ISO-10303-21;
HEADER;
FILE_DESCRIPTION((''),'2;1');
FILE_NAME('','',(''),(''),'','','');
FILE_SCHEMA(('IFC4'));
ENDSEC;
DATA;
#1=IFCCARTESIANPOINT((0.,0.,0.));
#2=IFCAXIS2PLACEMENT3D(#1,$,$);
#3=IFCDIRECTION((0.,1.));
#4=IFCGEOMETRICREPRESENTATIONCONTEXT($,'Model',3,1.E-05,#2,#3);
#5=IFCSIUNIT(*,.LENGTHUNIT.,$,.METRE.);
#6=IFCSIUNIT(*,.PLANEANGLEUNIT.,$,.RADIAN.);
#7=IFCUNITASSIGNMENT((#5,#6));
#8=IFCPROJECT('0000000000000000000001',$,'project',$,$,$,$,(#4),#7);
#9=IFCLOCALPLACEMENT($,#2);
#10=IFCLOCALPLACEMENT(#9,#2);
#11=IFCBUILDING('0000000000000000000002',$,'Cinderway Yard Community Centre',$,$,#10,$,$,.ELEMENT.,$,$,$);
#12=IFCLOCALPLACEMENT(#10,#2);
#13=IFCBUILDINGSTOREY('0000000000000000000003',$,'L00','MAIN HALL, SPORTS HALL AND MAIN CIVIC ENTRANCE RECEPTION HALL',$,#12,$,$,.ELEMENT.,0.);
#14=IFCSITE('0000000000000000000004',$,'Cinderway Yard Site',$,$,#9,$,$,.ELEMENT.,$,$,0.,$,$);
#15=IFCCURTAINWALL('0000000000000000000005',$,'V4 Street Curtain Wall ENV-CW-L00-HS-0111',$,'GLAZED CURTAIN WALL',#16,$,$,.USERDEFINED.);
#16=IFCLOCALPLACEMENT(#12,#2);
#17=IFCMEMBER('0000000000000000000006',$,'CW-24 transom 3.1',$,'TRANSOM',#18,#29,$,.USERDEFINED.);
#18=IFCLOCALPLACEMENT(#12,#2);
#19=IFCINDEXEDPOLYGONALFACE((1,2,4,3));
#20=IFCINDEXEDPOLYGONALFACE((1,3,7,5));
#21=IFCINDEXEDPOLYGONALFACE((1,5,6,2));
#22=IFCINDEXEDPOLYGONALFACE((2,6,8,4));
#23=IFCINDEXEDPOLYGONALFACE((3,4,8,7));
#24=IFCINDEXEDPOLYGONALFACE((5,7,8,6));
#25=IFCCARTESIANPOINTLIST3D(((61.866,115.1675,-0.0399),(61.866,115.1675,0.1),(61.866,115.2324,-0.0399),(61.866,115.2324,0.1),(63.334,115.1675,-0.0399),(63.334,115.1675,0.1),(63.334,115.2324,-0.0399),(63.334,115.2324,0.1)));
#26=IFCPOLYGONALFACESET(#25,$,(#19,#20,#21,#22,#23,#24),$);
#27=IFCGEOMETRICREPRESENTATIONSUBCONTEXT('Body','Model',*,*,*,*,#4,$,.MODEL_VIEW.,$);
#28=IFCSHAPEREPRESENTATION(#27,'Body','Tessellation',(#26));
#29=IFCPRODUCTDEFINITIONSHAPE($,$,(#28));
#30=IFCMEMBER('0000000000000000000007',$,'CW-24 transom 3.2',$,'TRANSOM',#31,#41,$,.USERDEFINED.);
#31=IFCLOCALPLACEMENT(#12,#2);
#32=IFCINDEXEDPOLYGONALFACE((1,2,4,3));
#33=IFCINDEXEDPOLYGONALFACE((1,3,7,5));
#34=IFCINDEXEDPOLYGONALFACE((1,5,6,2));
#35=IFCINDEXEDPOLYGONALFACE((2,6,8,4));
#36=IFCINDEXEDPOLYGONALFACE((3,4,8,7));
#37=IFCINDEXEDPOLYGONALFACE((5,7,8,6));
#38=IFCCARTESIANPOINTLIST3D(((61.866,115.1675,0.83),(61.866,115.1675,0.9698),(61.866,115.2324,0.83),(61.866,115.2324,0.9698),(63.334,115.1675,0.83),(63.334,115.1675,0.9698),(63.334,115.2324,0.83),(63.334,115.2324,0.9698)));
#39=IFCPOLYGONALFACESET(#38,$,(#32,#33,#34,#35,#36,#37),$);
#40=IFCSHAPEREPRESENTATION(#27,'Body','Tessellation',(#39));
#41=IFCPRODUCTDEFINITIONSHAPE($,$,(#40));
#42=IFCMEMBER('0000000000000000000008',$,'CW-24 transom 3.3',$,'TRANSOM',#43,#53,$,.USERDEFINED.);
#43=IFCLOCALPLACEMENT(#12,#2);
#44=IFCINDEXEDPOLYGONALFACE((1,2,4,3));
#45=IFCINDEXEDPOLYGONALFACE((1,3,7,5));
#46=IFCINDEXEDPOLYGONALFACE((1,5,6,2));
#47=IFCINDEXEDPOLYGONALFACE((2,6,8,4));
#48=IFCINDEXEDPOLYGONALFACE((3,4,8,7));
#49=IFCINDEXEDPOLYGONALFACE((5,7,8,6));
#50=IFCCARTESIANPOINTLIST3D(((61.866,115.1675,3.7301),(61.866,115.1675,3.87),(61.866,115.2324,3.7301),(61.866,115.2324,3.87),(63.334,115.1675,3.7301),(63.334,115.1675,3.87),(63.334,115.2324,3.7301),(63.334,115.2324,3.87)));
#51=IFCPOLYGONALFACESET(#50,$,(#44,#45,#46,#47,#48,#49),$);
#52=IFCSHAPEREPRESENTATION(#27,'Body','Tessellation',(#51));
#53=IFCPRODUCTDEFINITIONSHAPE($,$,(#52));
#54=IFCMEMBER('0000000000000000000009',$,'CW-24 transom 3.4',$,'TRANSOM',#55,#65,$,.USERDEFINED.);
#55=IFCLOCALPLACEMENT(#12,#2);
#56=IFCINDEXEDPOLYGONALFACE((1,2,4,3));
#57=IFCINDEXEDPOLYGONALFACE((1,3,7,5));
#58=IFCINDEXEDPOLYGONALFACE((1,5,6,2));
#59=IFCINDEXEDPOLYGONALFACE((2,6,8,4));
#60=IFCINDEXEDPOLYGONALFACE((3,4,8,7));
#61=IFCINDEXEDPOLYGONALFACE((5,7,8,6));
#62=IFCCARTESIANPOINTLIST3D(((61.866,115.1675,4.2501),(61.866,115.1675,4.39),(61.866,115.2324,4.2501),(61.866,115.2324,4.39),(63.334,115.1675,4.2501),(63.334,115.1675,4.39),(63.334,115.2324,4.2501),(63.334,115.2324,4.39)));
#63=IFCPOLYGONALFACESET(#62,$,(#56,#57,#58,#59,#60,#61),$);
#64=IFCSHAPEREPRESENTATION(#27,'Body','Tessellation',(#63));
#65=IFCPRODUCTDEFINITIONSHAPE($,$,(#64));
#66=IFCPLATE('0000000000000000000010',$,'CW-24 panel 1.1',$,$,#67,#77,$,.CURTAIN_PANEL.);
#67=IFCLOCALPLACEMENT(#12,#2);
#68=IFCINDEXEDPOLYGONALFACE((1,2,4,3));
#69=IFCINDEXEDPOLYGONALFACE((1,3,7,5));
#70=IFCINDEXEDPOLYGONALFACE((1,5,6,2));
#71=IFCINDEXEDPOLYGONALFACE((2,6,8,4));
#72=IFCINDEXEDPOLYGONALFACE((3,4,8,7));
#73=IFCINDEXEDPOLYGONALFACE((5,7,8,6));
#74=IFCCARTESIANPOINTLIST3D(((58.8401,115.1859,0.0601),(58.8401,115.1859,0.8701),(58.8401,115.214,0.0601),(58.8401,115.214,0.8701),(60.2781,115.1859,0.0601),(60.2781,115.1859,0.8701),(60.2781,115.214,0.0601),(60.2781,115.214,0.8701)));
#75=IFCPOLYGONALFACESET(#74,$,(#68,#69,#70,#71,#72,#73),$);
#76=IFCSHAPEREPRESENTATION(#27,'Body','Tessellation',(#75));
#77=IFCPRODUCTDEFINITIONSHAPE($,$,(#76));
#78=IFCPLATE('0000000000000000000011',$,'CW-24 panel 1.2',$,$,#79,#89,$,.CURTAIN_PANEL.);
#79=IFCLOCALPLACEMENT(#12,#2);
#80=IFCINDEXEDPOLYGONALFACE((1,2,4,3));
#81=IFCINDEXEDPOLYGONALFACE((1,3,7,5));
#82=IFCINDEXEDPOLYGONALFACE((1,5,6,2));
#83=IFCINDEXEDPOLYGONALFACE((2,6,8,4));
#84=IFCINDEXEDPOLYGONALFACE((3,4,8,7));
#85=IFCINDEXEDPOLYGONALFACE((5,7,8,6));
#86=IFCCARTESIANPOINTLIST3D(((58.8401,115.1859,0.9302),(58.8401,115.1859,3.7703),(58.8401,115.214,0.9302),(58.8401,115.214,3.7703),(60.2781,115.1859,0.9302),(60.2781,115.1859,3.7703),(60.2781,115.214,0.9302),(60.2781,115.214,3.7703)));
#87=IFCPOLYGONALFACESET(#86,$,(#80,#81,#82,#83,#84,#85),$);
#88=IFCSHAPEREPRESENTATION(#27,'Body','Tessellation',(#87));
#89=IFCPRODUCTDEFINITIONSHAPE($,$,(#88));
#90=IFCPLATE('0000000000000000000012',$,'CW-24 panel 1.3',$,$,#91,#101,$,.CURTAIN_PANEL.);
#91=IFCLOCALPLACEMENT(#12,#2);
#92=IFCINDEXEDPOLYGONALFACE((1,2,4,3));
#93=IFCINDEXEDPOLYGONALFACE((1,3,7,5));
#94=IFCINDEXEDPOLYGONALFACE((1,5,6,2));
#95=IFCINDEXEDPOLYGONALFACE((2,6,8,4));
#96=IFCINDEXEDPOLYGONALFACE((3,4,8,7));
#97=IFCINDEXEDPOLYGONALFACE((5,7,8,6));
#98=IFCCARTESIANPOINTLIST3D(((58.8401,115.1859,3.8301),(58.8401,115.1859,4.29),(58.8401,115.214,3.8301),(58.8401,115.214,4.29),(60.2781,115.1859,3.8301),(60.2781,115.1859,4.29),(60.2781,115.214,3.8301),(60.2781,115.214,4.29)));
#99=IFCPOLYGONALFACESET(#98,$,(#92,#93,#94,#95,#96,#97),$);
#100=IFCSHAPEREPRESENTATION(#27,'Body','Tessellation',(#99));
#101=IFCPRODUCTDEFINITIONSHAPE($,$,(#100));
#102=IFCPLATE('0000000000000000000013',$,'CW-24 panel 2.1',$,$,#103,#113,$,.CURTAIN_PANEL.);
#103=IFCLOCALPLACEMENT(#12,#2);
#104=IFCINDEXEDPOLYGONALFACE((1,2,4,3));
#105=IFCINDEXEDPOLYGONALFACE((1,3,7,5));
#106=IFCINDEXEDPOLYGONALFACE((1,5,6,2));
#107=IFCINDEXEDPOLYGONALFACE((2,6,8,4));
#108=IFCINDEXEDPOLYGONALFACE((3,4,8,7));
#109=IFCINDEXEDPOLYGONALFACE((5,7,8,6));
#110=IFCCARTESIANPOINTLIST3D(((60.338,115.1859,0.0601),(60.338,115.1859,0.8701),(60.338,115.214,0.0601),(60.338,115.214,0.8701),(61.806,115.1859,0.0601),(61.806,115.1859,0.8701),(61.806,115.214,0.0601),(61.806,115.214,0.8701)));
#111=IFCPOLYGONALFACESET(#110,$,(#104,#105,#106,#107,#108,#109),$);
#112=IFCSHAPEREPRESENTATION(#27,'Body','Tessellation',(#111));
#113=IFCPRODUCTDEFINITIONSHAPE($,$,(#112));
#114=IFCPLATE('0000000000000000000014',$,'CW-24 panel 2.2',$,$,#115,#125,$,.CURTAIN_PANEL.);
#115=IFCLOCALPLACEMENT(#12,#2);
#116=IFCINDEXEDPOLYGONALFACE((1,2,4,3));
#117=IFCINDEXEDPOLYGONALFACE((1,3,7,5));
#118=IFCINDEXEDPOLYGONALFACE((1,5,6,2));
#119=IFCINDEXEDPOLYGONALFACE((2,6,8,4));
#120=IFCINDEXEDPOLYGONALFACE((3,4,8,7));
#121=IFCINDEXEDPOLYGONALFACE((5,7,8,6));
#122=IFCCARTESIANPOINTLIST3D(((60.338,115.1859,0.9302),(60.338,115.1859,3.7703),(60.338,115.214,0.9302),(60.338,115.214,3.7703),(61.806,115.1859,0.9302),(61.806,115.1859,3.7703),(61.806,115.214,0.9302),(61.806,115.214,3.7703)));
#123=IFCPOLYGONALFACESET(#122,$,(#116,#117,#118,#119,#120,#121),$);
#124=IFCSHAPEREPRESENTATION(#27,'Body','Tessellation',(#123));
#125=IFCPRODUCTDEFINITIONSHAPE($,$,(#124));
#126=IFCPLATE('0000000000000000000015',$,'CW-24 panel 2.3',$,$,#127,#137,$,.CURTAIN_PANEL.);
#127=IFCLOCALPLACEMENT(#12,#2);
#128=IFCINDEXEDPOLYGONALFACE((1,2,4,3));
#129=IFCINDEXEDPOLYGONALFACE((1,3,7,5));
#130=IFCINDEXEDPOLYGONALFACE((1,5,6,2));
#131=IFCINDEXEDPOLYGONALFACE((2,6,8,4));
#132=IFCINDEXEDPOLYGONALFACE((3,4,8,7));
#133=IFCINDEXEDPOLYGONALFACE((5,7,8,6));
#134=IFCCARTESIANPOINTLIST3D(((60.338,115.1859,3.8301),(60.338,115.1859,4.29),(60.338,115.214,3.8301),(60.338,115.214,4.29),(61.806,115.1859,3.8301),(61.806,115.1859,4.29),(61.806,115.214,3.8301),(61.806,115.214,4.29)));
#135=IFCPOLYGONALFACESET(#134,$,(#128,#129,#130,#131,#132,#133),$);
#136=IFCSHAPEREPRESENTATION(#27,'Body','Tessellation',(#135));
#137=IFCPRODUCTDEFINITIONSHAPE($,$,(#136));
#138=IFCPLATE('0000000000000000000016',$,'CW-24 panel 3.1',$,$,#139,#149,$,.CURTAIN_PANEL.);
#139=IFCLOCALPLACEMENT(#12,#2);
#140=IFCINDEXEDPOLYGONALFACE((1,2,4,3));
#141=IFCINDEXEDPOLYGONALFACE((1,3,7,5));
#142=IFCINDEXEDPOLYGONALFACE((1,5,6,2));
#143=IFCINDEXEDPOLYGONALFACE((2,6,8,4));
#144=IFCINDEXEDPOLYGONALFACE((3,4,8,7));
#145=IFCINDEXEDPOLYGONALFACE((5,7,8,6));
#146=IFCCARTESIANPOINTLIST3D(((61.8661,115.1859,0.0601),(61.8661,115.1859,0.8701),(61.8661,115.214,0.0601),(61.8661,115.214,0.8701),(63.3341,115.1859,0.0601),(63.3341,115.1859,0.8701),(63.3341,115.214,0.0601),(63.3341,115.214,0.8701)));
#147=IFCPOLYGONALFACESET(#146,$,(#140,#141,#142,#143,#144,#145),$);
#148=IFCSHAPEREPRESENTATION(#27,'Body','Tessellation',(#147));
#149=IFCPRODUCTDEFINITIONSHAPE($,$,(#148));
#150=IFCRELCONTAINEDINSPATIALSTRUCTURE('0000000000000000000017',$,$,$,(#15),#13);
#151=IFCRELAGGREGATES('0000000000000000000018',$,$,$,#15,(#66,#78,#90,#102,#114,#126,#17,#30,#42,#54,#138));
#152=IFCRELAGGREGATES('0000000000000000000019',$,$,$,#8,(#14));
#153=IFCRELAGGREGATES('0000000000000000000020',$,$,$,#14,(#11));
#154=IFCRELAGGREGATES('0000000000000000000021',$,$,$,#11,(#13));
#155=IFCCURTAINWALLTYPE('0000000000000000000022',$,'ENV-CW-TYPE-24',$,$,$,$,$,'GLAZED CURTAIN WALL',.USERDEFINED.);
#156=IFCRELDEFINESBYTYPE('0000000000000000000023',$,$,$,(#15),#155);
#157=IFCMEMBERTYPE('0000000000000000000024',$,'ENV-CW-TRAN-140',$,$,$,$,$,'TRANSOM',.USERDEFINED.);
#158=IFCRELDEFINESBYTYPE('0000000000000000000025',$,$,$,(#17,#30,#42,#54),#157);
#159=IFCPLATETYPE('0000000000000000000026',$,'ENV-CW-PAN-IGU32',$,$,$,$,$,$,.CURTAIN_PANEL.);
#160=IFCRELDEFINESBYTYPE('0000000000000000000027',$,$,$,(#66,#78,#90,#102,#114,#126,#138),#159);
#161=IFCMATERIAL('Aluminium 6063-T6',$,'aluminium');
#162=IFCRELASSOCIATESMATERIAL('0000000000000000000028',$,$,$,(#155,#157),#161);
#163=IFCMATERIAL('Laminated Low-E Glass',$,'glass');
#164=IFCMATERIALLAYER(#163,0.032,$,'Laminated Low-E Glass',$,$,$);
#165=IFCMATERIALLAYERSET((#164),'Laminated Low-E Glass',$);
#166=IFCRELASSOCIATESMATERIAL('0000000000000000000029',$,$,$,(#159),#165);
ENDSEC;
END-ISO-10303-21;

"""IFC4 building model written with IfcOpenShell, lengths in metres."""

from ifc_helpers import new_model, si_unit, direction, frame, origin, origin_2d, place, context, subcontext, project, spatial, rectangle, extrude, material, layer, layer_set, material_profile, profile_set, type_object, element, aggregate, save


model = new_model("IFC4")

# Units and contexts
model_context = context("Model", 3, precision=1e-05, world=origin(), true_north=direction((0.0, 1.0)))
body_context = subcontext(model_context, "Body", "Model", "MODEL_VIEW")
ifc_project = project(units=[si_unit("LENGTHUNIT", "METRE"), si_unit("PLANEANGLEUNIT", "RADIAN")], contexts=[model_context])

# Site, building, storey
site_placement = place(None, origin())
site = spatial("IfcSite", under=ifc_project, at=site_placement, Name="Cinderway Yard Site", CompositionType="ELEMENT", RefElevation=0.0)
building_placement = place(site_placement, origin())
building = spatial("IfcBuilding", under=site, at=building_placement, Name="Cinderway Yard Community Centre", CompositionType="ELEMENT")
storey_placement = place(building_placement, origin())
storey = spatial("IfcBuildingStorey", under=building, at=storey_placement, Name="L00", Description="MAIN HALL, SPORTS HALL AND MAIN CIVIC ENTRANCE RECEPTION HALL", CompositionType="ELEMENT", Elevation=0.0)

# Curtain wall, members, plates
ifc_material_1 = material(Name="Aluminium 6063-T6", Category="aluminium")
curtain_wall_type = type_object("IfcCurtainWallType", Name="ENV-CW-TYPE-24", ElementType="GLAZED CURTAIN WALL", PredefinedType="USERDEFINED", material=ifc_material_1)
curtain_wall_placement = place(storey_placement, origin())
curtain_wall = element("IfcCurtainWall", 1, at=curtain_wall_placement, inside=storey, type_object=curtain_wall_type, Name="V4 Street Curtain Wall ENV-CW-L00-HS-0111", ObjectType="GLAZED CURTAIN WALL", PredefinedType="USERDEFINED")
ifc_material_profile_1 = material_profile(ifc_material_1, rectangle(XDim=0.0649, YDim=0.1399, at=origin_2d()), Name="Aluminium 6063-T6")
ifc_profile_set_1 = profile_set([ifc_material_profile_1], Name="Aluminium 6063-T6")
member_type_1 = type_object("IfcMemberType", Name="ENV-CW-TRAN-140", ElementType="TRANSOM", PredefinedType="USERDEFINED", material=ifc_profile_set_1)
member_1_placement = place(storey_placement, frame((61.866, 115.2, 0.03), z_axis=(1.0, 0.0, 0.0), x_axis=(0.0, 1.0, 0.0)))
member_1 = element("IfcMember", 2, at=member_1_placement, type_object=member_type_1, Name="CW-24 transom 3.1", ObjectType="TRANSOM", PredefinedType="USERDEFINED", context=body_context, shape_type="SweptSolid", body=[
    extrude(rectangle(XDim=0.0649, YDim=0.1399, at=origin_2d()), origin(), (0.0, 0.0, 1.0), 1.468),
])
member_2_placement = place(storey_placement, frame((61.866, 115.2, 0.8999), z_axis=(1.0, 0.0, 0.0), x_axis=(0.0, 1.0, 0.0)))
member_2 = element("IfcMember", 3, at=member_2_placement, type_object=member_type_1, Name="CW-24 transom 3.2", ObjectType="TRANSOM", PredefinedType="USERDEFINED", context=body_context, shape_type="SweptSolid", body=[
    extrude(rectangle(XDim=0.0649, YDim=0.1399, at=origin_2d()), origin(), (0.0, 0.0, 1.0), 1.468),
])
member_3_placement = place(storey_placement, frame((61.866, 115.2, 3.8), z_axis=(1.0, 0.0, 0.0), x_axis=(0.0, 1.0, 0.0)))
member_3 = element("IfcMember", 4, at=member_3_placement, type_object=member_type_1, Name="CW-24 transom 3.3", ObjectType="TRANSOM", PredefinedType="USERDEFINED", context=body_context, shape_type="SweptSolid", body=[
    extrude(rectangle(XDim=0.0649, YDim=0.1399, at=origin_2d()), origin(), (0.0, 0.0, 1.0), 1.468),
])
member_4_placement = place(storey_placement, frame((61.866, 115.2, 4.3201), z_axis=(1.0, 0.0, 0.0), x_axis=(0.0, 1.0, 0.0)))
member_4 = element("IfcMember", 5, at=member_4_placement, type_object=member_type_1, Name="CW-24 transom 3.4", ObjectType="TRANSOM", PredefinedType="USERDEFINED", context=body_context, shape_type="SweptSolid", body=[
    extrude(rectangle(XDim=0.0649, YDim=0.1399, at=origin_2d()), origin(), (0.0, 0.0, 1.0), 1.468),
])
ifc_material_2 = material(Name="Laminated Low-E Glass", Category="glass")
ifc_layer = layer(ifc_material_2, 0.032, Name="Laminated Low-E Glass")
ifc_layer_set = layer_set([ifc_layer], Name="Laminated Low-E Glass")
plate_type = type_object("IfcPlateType", Name="ENV-CW-PAN-IGU32", PredefinedType="CURTAIN_PANEL", material=ifc_layer_set)
plate_1_placement = place(storey_placement, frame((59.5591, 115.2, 0.0601), z_axis=(0.0, 0.0, 1.0), x_axis=(1.0, 0.0, 0.0)))
plate_1 = element("IfcPlate", 6, at=plate_1_placement, type_object=plate_type, Name="CW-24 panel 1.1", PredefinedType="CURTAIN_PANEL", context=body_context, shape_type="SweptSolid", body=[
    extrude(rectangle(XDim=1.438, YDim=0.0281, at=origin_2d()), origin(), (0.0, 0.0, 1.0), 0.8101),
])
plate_2_placement = place(storey_placement, frame((59.5591, 115.2, 0.9302), z_axis=(0.0, 0.0, 1.0), x_axis=(1.0, 0.0, 0.0)))
plate_2 = element("IfcPlate", 7, at=plate_2_placement, type_object=plate_type, Name="CW-24 panel 1.2", PredefinedType="CURTAIN_PANEL", context=body_context, shape_type="SweptSolid", body=[
    extrude(rectangle(XDim=1.438, YDim=0.0281, at=origin_2d()), origin(), (0.0, 0.0, 1.0), 2.8401),
])
plate_3_placement = place(storey_placement, frame((59.5591, 115.2, 3.8301), z_axis=(0.0, 0.0, 1.0), x_axis=(1.0, 0.0, 0.0)))
plate_3 = element("IfcPlate", 8, at=plate_3_placement, type_object=plate_type, Name="CW-24 panel 1.3", PredefinedType="CURTAIN_PANEL", context=body_context, shape_type="SweptSolid", body=[
    extrude(rectangle(XDim=1.438, YDim=0.0281, at=origin_2d()), origin(), (0.0, 0.0, 1.0), 0.46),
])
plate_4_placement = place(storey_placement, frame((61.072, 115.2, 0.0601), z_axis=(0.0, 0.0, 1.0), x_axis=(1.0, 0.0, 0.0)))
plate_4 = element("IfcPlate", 9, at=plate_4_placement, type_object=plate_type, Name="CW-24 panel 2.1", PredefinedType="CURTAIN_PANEL", context=body_context, shape_type="SweptSolid", body=[
    extrude(rectangle(XDim=1.468, YDim=0.0281, at=origin_2d()), origin(), (0.0, 0.0, 1.0), 0.8101),
])
plate_5_placement = place(storey_placement, frame((61.072, 115.2, 0.9302), z_axis=(0.0, 0.0, 1.0), x_axis=(1.0, 0.0, 0.0)))
plate_5 = element("IfcPlate", 10, at=plate_5_placement, type_object=plate_type, Name="CW-24 panel 2.2", PredefinedType="CURTAIN_PANEL", context=body_context, shape_type="SweptSolid", body=[
    extrude(rectangle(XDim=1.468, YDim=0.0281, at=origin_2d()), origin(), (0.0, 0.0, 1.0), 2.8401),
])
plate_6_placement = place(storey_placement, frame((61.072, 115.2, 3.8301), z_axis=(0.0, 0.0, 1.0), x_axis=(1.0, 0.0, 0.0)))
plate_6 = element("IfcPlate", 11, at=plate_6_placement, type_object=plate_type, Name="CW-24 panel 2.3", PredefinedType="CURTAIN_PANEL", context=body_context, shape_type="SweptSolid", body=[
    extrude(rectangle(XDim=1.468, YDim=0.0281, at=origin_2d()), origin(), (0.0, 0.0, 1.0), 0.46),
])
plate_7_placement = place(storey_placement, frame((62.6001, 115.2, 0.0601), z_axis=(0.0, 0.0, 1.0), x_axis=(1.0, 0.0, 0.0)))
plate_7 = element("IfcPlate", 12, at=plate_7_placement, type_object=plate_type, Name="CW-24 panel 3.1", PredefinedType="CURTAIN_PANEL", context=body_context, shape_type="SweptSolid", body=[
    extrude(rectangle(XDim=1.468, YDim=0.0281, at=origin_2d()), origin(), (0.0, 0.0, 1.0), 0.8101),
])
aggregate(curtain_wall, [plate_1, plate_2, plate_3, plate_4, plate_5, plate_6, member_1, member_2, member_3, member_4, plate_7])

save(model, "model.ifc")
